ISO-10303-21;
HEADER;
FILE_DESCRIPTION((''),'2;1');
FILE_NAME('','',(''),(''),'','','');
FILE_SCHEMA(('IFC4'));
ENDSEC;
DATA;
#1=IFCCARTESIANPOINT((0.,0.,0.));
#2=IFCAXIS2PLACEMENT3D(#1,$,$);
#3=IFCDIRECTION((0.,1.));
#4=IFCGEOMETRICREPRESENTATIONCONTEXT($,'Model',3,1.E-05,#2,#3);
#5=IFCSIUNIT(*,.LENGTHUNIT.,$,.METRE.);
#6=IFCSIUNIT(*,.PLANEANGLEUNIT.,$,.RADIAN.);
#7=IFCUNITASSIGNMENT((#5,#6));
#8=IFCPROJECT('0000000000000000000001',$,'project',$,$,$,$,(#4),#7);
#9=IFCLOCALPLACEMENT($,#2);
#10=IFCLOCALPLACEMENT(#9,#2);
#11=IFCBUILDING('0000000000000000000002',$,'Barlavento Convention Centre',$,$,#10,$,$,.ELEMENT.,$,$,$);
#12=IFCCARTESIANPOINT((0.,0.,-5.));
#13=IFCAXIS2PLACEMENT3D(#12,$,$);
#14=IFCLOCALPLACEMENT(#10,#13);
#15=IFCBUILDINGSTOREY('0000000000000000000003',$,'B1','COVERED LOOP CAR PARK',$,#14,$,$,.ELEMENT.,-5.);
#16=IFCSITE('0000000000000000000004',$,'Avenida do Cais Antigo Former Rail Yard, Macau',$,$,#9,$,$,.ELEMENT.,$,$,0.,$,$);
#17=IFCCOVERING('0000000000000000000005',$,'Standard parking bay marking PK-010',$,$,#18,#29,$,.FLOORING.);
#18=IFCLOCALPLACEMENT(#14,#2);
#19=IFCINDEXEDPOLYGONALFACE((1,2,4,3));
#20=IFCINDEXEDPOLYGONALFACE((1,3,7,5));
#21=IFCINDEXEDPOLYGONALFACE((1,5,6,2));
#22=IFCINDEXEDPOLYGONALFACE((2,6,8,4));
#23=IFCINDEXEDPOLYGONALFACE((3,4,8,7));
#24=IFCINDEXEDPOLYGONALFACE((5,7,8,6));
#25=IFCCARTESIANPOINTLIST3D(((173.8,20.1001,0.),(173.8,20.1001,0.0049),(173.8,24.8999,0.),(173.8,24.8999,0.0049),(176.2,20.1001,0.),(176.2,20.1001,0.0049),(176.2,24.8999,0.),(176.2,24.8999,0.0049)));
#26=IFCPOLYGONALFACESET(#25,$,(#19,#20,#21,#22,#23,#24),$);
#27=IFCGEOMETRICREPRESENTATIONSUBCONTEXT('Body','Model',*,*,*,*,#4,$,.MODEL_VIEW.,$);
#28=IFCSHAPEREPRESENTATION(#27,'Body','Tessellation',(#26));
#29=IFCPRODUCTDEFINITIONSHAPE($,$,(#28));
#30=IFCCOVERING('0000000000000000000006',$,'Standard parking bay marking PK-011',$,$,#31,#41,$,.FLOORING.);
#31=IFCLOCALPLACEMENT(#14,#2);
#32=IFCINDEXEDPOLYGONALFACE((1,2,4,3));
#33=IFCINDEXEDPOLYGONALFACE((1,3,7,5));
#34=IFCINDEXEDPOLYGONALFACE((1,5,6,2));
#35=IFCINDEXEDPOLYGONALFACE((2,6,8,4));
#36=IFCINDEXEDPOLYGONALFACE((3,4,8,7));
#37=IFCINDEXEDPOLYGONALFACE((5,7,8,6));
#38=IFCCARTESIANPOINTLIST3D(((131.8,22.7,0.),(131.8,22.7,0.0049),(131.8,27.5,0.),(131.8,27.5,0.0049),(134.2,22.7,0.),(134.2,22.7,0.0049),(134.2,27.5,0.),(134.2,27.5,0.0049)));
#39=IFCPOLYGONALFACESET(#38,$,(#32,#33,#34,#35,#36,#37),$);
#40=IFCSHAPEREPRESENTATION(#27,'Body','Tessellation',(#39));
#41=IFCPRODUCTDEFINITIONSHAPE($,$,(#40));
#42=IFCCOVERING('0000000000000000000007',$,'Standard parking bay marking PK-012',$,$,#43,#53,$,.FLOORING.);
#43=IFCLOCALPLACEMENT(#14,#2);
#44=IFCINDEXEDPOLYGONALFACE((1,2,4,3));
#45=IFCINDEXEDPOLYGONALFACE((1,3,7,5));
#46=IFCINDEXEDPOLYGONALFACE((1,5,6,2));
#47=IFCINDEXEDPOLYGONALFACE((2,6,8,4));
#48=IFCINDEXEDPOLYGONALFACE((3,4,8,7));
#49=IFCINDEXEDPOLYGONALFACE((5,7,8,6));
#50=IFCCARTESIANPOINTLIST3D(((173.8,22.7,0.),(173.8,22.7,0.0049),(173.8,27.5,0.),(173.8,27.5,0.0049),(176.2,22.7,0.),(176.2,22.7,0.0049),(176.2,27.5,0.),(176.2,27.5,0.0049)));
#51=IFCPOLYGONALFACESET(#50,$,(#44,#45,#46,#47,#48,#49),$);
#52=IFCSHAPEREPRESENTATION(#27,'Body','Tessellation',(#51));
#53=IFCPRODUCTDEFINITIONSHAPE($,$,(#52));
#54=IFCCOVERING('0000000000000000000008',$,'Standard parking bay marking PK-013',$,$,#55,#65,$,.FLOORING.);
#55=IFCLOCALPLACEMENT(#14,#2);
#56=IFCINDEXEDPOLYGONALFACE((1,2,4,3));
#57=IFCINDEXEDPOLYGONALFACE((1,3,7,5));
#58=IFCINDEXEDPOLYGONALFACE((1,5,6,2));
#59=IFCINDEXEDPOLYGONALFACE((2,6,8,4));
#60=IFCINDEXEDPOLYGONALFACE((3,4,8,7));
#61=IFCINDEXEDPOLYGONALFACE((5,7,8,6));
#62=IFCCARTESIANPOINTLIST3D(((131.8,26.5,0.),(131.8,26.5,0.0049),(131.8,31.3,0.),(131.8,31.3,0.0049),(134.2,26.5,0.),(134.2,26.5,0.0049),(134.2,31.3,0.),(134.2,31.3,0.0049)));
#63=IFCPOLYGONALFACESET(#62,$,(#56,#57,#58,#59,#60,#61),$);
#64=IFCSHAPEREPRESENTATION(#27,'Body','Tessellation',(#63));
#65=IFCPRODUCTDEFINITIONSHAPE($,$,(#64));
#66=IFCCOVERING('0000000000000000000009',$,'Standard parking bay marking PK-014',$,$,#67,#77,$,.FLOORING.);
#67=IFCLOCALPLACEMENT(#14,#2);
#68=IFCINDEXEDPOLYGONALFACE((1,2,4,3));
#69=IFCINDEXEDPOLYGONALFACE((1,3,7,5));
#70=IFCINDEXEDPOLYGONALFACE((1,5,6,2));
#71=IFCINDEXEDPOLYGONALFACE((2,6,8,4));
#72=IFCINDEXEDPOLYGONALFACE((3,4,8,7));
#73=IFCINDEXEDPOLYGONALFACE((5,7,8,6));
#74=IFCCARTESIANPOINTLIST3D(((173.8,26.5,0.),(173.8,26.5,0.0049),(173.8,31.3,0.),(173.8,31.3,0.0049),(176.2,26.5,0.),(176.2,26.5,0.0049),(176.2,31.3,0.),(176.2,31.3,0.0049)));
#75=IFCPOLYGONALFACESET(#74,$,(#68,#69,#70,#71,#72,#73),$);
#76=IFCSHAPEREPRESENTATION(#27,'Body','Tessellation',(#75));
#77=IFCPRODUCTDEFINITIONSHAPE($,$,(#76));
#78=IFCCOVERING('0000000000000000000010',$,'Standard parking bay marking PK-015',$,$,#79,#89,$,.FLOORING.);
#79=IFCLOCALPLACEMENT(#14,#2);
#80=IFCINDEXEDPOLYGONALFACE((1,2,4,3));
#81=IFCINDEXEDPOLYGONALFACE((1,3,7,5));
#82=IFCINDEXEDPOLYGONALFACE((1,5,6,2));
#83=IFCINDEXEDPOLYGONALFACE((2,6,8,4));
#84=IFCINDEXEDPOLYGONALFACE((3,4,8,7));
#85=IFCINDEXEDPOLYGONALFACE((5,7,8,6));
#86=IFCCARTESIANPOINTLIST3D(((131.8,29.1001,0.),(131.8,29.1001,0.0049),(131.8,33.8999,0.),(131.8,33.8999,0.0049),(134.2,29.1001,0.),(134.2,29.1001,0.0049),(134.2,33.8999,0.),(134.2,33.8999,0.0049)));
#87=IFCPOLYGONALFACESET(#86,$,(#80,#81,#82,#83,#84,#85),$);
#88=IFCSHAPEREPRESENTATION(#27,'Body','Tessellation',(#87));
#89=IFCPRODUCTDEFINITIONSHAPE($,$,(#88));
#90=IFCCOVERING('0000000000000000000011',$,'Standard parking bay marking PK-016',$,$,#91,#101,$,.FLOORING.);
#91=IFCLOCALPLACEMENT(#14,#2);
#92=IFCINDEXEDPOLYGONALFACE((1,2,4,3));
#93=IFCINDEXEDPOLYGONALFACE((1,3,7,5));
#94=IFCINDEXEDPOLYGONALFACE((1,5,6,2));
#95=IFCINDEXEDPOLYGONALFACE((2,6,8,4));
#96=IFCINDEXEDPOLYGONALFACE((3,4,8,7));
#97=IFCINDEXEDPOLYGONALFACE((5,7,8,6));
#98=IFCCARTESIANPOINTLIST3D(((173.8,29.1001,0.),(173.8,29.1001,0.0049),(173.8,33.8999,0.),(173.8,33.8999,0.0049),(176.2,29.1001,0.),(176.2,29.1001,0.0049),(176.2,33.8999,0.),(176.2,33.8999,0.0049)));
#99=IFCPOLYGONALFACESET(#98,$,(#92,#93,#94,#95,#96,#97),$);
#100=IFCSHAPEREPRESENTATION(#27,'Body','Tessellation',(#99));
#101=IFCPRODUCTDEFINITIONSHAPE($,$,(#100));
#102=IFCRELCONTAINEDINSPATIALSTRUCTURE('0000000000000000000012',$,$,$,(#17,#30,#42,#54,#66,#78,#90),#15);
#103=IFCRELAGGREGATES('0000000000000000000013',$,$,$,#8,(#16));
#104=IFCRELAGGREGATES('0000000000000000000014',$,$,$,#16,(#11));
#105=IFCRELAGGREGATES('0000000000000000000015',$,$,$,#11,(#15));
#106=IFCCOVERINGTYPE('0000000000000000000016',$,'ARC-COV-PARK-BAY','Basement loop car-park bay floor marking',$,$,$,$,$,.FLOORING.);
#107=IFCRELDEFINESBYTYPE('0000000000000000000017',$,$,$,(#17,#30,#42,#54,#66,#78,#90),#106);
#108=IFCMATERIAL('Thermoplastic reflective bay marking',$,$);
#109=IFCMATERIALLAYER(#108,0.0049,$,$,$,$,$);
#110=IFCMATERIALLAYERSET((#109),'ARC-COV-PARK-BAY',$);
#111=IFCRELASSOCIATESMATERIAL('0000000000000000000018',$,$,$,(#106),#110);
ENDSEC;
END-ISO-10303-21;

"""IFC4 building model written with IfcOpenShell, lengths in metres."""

from ifc_helpers import new_model, si_unit, direction, frame, origin, place, context, subcontext, project, spatial, polyline, outline, extrude, material, layer, layer_set, type_object, element, save


model = new_model("IFC4")

# Units and contexts
model_context = context("Model", 3, precision=1e-05, world=origin(), true_north=direction((0.0, 1.0)))
body_context = subcontext(model_context, "Body", "Model", "MODEL_VIEW")
ifc_project = project(units=[si_unit("LENGTHUNIT", "METRE"), si_unit("PLANEANGLEUNIT", "RADIAN")], contexts=[model_context])

# Site, building, storey
site_placement = place(None, origin())
site = spatial("IfcSite", under=ifc_project, at=site_placement, Name="Avenida do Cais Antigo Former Rail Yard, Macau", CompositionType="ELEMENT", RefElevation=0.0)
building_placement = place(site_placement, origin())
building = spatial("IfcBuilding", under=site, at=building_placement, Name="Barlavento Convention Centre", CompositionType="ELEMENT")
storey_placement = place(building_placement, frame((0.0, 0.0, -5.0)))
storey = spatial("IfcBuildingStorey", under=building, at=storey_placement, Name="B1", Description="COVERED LOOP CAR PARK", CompositionType="ELEMENT", Elevation=-5.0)

# Coverings
ifc_material_1 = material(Name="Thermoplastic reflective bay marking")
ifc_layer_1 = layer(ifc_material_1, 0.0049)
ifc_layer_set_1 = layer_set([ifc_layer_1], Name="ARC-COV-PARK-BAY")
covering_type = type_object("IfcCoveringType", Name="ARC-COV-PARK-BAY", Description="Basement loop car-park bay floor marking", PredefinedType="FLOORING", material=ifc_layer_set_1)
covering_1_placement = place(storey_placement, origin())
element("IfcCovering", 1, at=covering_1_placement, inside=storey, type_object=covering_type, Name="Standard parking bay marking PK-010", PredefinedType="FLOORING", context=body_context, shape_type="SweptSolid", body=[
    extrude(outline(polyline([(173.8, 20.1001), (176.2, 20.1001), (176.2, 24.8999), (173.8, 24.8999), (173.8, 20.1001)])), origin(), (0.0, 0.0, 1.0), 0.0049),
])
covering_2_placement = place(storey_placement, origin())
element("IfcCovering", 2, at=covering_2_placement, inside=storey, type_object=covering_type, Name="Standard parking bay marking PK-011", PredefinedType="FLOORING", context=body_context, shape_type="SweptSolid", body=[
    extrude(outline(polyline([(131.8, 22.7), (134.2, 22.7), (134.2, 27.5), (131.8, 27.5), (131.8, 22.7)])), origin(), (0.0, 0.0, 1.0), 0.0049),
])
covering_3_placement = place(storey_placement, origin())
element("IfcCovering", 3, at=covering_3_placement, inside=storey, type_object=covering_type, Name="Standard parking bay marking PK-012", PredefinedType="FLOORING", context=body_context, shape_type="SweptSolid", body=[
    extrude(outline(polyline([(173.8, 22.7), (176.2, 22.7), (176.2, 27.5), (173.8, 27.5), (173.8, 22.7)])), origin(), (0.0, 0.0, 1.0), 0.0049),
])
covering_4_placement = place(storey_placement, origin())
element("IfcCovering", 4, at=covering_4_placement, inside=storey, type_object=covering_type, Name="Standard parking bay marking PK-013", PredefinedType="FLOORING", context=body_context, shape_type="SweptSolid", body=[
    extrude(outline(polyline([(131.8, 26.5), (134.2, 26.5), (134.2, 31.3), (131.8, 31.3), (131.8, 26.5)])), origin(), (0.0, 0.0, 1.0), 0.0049),
])
covering_5_placement = place(storey_placement, origin())
element("IfcCovering", 5, at=covering_5_placement, inside=storey, type_object=covering_type, Name="Standard parking bay marking PK-014", PredefinedType="FLOORING", context=body_context, shape_type="SweptSolid", body=[
    extrude(outline(polyline([(173.8, 26.5), (176.2, 26.5), (176.2, 31.3), (173.8, 31.3), (173.8, 26.5)])), origin(), (0.0, 0.0, 1.0), 0.0049),
])
covering_6_placement = place(storey_placement, origin())
element("IfcCovering", 6, at=covering_6_placement, inside=storey, type_object=covering_type, Name="Standard parking bay marking PK-015", PredefinedType="FLOORING", context=body_context, shape_type="SweptSolid", body=[
    extrude(outline(polyline([(131.8, 29.1001), (134.2, 29.1001), (134.2, 33.8999), (131.8, 33.8999), (131.8, 29.1001)])), origin(), (0.0, 0.0, 1.0), 0.0049),
])
covering_7_placement = place(storey_placement, origin())
element("IfcCovering", 7, at=covering_7_placement, inside=storey, type_object=covering_type, Name="Standard parking bay marking PK-016", PredefinedType="FLOORING", context=body_context, shape_type="SweptSolid", body=[
    extrude(outline(polyline([(173.8, 29.1001), (176.2, 29.1001), (176.2, 33.8999), (173.8, 33.8999), (173.8, 29.1001)])), origin(), (0.0, 0.0, 1.0), 0.0049),
])

save(model, "model.ifc")
